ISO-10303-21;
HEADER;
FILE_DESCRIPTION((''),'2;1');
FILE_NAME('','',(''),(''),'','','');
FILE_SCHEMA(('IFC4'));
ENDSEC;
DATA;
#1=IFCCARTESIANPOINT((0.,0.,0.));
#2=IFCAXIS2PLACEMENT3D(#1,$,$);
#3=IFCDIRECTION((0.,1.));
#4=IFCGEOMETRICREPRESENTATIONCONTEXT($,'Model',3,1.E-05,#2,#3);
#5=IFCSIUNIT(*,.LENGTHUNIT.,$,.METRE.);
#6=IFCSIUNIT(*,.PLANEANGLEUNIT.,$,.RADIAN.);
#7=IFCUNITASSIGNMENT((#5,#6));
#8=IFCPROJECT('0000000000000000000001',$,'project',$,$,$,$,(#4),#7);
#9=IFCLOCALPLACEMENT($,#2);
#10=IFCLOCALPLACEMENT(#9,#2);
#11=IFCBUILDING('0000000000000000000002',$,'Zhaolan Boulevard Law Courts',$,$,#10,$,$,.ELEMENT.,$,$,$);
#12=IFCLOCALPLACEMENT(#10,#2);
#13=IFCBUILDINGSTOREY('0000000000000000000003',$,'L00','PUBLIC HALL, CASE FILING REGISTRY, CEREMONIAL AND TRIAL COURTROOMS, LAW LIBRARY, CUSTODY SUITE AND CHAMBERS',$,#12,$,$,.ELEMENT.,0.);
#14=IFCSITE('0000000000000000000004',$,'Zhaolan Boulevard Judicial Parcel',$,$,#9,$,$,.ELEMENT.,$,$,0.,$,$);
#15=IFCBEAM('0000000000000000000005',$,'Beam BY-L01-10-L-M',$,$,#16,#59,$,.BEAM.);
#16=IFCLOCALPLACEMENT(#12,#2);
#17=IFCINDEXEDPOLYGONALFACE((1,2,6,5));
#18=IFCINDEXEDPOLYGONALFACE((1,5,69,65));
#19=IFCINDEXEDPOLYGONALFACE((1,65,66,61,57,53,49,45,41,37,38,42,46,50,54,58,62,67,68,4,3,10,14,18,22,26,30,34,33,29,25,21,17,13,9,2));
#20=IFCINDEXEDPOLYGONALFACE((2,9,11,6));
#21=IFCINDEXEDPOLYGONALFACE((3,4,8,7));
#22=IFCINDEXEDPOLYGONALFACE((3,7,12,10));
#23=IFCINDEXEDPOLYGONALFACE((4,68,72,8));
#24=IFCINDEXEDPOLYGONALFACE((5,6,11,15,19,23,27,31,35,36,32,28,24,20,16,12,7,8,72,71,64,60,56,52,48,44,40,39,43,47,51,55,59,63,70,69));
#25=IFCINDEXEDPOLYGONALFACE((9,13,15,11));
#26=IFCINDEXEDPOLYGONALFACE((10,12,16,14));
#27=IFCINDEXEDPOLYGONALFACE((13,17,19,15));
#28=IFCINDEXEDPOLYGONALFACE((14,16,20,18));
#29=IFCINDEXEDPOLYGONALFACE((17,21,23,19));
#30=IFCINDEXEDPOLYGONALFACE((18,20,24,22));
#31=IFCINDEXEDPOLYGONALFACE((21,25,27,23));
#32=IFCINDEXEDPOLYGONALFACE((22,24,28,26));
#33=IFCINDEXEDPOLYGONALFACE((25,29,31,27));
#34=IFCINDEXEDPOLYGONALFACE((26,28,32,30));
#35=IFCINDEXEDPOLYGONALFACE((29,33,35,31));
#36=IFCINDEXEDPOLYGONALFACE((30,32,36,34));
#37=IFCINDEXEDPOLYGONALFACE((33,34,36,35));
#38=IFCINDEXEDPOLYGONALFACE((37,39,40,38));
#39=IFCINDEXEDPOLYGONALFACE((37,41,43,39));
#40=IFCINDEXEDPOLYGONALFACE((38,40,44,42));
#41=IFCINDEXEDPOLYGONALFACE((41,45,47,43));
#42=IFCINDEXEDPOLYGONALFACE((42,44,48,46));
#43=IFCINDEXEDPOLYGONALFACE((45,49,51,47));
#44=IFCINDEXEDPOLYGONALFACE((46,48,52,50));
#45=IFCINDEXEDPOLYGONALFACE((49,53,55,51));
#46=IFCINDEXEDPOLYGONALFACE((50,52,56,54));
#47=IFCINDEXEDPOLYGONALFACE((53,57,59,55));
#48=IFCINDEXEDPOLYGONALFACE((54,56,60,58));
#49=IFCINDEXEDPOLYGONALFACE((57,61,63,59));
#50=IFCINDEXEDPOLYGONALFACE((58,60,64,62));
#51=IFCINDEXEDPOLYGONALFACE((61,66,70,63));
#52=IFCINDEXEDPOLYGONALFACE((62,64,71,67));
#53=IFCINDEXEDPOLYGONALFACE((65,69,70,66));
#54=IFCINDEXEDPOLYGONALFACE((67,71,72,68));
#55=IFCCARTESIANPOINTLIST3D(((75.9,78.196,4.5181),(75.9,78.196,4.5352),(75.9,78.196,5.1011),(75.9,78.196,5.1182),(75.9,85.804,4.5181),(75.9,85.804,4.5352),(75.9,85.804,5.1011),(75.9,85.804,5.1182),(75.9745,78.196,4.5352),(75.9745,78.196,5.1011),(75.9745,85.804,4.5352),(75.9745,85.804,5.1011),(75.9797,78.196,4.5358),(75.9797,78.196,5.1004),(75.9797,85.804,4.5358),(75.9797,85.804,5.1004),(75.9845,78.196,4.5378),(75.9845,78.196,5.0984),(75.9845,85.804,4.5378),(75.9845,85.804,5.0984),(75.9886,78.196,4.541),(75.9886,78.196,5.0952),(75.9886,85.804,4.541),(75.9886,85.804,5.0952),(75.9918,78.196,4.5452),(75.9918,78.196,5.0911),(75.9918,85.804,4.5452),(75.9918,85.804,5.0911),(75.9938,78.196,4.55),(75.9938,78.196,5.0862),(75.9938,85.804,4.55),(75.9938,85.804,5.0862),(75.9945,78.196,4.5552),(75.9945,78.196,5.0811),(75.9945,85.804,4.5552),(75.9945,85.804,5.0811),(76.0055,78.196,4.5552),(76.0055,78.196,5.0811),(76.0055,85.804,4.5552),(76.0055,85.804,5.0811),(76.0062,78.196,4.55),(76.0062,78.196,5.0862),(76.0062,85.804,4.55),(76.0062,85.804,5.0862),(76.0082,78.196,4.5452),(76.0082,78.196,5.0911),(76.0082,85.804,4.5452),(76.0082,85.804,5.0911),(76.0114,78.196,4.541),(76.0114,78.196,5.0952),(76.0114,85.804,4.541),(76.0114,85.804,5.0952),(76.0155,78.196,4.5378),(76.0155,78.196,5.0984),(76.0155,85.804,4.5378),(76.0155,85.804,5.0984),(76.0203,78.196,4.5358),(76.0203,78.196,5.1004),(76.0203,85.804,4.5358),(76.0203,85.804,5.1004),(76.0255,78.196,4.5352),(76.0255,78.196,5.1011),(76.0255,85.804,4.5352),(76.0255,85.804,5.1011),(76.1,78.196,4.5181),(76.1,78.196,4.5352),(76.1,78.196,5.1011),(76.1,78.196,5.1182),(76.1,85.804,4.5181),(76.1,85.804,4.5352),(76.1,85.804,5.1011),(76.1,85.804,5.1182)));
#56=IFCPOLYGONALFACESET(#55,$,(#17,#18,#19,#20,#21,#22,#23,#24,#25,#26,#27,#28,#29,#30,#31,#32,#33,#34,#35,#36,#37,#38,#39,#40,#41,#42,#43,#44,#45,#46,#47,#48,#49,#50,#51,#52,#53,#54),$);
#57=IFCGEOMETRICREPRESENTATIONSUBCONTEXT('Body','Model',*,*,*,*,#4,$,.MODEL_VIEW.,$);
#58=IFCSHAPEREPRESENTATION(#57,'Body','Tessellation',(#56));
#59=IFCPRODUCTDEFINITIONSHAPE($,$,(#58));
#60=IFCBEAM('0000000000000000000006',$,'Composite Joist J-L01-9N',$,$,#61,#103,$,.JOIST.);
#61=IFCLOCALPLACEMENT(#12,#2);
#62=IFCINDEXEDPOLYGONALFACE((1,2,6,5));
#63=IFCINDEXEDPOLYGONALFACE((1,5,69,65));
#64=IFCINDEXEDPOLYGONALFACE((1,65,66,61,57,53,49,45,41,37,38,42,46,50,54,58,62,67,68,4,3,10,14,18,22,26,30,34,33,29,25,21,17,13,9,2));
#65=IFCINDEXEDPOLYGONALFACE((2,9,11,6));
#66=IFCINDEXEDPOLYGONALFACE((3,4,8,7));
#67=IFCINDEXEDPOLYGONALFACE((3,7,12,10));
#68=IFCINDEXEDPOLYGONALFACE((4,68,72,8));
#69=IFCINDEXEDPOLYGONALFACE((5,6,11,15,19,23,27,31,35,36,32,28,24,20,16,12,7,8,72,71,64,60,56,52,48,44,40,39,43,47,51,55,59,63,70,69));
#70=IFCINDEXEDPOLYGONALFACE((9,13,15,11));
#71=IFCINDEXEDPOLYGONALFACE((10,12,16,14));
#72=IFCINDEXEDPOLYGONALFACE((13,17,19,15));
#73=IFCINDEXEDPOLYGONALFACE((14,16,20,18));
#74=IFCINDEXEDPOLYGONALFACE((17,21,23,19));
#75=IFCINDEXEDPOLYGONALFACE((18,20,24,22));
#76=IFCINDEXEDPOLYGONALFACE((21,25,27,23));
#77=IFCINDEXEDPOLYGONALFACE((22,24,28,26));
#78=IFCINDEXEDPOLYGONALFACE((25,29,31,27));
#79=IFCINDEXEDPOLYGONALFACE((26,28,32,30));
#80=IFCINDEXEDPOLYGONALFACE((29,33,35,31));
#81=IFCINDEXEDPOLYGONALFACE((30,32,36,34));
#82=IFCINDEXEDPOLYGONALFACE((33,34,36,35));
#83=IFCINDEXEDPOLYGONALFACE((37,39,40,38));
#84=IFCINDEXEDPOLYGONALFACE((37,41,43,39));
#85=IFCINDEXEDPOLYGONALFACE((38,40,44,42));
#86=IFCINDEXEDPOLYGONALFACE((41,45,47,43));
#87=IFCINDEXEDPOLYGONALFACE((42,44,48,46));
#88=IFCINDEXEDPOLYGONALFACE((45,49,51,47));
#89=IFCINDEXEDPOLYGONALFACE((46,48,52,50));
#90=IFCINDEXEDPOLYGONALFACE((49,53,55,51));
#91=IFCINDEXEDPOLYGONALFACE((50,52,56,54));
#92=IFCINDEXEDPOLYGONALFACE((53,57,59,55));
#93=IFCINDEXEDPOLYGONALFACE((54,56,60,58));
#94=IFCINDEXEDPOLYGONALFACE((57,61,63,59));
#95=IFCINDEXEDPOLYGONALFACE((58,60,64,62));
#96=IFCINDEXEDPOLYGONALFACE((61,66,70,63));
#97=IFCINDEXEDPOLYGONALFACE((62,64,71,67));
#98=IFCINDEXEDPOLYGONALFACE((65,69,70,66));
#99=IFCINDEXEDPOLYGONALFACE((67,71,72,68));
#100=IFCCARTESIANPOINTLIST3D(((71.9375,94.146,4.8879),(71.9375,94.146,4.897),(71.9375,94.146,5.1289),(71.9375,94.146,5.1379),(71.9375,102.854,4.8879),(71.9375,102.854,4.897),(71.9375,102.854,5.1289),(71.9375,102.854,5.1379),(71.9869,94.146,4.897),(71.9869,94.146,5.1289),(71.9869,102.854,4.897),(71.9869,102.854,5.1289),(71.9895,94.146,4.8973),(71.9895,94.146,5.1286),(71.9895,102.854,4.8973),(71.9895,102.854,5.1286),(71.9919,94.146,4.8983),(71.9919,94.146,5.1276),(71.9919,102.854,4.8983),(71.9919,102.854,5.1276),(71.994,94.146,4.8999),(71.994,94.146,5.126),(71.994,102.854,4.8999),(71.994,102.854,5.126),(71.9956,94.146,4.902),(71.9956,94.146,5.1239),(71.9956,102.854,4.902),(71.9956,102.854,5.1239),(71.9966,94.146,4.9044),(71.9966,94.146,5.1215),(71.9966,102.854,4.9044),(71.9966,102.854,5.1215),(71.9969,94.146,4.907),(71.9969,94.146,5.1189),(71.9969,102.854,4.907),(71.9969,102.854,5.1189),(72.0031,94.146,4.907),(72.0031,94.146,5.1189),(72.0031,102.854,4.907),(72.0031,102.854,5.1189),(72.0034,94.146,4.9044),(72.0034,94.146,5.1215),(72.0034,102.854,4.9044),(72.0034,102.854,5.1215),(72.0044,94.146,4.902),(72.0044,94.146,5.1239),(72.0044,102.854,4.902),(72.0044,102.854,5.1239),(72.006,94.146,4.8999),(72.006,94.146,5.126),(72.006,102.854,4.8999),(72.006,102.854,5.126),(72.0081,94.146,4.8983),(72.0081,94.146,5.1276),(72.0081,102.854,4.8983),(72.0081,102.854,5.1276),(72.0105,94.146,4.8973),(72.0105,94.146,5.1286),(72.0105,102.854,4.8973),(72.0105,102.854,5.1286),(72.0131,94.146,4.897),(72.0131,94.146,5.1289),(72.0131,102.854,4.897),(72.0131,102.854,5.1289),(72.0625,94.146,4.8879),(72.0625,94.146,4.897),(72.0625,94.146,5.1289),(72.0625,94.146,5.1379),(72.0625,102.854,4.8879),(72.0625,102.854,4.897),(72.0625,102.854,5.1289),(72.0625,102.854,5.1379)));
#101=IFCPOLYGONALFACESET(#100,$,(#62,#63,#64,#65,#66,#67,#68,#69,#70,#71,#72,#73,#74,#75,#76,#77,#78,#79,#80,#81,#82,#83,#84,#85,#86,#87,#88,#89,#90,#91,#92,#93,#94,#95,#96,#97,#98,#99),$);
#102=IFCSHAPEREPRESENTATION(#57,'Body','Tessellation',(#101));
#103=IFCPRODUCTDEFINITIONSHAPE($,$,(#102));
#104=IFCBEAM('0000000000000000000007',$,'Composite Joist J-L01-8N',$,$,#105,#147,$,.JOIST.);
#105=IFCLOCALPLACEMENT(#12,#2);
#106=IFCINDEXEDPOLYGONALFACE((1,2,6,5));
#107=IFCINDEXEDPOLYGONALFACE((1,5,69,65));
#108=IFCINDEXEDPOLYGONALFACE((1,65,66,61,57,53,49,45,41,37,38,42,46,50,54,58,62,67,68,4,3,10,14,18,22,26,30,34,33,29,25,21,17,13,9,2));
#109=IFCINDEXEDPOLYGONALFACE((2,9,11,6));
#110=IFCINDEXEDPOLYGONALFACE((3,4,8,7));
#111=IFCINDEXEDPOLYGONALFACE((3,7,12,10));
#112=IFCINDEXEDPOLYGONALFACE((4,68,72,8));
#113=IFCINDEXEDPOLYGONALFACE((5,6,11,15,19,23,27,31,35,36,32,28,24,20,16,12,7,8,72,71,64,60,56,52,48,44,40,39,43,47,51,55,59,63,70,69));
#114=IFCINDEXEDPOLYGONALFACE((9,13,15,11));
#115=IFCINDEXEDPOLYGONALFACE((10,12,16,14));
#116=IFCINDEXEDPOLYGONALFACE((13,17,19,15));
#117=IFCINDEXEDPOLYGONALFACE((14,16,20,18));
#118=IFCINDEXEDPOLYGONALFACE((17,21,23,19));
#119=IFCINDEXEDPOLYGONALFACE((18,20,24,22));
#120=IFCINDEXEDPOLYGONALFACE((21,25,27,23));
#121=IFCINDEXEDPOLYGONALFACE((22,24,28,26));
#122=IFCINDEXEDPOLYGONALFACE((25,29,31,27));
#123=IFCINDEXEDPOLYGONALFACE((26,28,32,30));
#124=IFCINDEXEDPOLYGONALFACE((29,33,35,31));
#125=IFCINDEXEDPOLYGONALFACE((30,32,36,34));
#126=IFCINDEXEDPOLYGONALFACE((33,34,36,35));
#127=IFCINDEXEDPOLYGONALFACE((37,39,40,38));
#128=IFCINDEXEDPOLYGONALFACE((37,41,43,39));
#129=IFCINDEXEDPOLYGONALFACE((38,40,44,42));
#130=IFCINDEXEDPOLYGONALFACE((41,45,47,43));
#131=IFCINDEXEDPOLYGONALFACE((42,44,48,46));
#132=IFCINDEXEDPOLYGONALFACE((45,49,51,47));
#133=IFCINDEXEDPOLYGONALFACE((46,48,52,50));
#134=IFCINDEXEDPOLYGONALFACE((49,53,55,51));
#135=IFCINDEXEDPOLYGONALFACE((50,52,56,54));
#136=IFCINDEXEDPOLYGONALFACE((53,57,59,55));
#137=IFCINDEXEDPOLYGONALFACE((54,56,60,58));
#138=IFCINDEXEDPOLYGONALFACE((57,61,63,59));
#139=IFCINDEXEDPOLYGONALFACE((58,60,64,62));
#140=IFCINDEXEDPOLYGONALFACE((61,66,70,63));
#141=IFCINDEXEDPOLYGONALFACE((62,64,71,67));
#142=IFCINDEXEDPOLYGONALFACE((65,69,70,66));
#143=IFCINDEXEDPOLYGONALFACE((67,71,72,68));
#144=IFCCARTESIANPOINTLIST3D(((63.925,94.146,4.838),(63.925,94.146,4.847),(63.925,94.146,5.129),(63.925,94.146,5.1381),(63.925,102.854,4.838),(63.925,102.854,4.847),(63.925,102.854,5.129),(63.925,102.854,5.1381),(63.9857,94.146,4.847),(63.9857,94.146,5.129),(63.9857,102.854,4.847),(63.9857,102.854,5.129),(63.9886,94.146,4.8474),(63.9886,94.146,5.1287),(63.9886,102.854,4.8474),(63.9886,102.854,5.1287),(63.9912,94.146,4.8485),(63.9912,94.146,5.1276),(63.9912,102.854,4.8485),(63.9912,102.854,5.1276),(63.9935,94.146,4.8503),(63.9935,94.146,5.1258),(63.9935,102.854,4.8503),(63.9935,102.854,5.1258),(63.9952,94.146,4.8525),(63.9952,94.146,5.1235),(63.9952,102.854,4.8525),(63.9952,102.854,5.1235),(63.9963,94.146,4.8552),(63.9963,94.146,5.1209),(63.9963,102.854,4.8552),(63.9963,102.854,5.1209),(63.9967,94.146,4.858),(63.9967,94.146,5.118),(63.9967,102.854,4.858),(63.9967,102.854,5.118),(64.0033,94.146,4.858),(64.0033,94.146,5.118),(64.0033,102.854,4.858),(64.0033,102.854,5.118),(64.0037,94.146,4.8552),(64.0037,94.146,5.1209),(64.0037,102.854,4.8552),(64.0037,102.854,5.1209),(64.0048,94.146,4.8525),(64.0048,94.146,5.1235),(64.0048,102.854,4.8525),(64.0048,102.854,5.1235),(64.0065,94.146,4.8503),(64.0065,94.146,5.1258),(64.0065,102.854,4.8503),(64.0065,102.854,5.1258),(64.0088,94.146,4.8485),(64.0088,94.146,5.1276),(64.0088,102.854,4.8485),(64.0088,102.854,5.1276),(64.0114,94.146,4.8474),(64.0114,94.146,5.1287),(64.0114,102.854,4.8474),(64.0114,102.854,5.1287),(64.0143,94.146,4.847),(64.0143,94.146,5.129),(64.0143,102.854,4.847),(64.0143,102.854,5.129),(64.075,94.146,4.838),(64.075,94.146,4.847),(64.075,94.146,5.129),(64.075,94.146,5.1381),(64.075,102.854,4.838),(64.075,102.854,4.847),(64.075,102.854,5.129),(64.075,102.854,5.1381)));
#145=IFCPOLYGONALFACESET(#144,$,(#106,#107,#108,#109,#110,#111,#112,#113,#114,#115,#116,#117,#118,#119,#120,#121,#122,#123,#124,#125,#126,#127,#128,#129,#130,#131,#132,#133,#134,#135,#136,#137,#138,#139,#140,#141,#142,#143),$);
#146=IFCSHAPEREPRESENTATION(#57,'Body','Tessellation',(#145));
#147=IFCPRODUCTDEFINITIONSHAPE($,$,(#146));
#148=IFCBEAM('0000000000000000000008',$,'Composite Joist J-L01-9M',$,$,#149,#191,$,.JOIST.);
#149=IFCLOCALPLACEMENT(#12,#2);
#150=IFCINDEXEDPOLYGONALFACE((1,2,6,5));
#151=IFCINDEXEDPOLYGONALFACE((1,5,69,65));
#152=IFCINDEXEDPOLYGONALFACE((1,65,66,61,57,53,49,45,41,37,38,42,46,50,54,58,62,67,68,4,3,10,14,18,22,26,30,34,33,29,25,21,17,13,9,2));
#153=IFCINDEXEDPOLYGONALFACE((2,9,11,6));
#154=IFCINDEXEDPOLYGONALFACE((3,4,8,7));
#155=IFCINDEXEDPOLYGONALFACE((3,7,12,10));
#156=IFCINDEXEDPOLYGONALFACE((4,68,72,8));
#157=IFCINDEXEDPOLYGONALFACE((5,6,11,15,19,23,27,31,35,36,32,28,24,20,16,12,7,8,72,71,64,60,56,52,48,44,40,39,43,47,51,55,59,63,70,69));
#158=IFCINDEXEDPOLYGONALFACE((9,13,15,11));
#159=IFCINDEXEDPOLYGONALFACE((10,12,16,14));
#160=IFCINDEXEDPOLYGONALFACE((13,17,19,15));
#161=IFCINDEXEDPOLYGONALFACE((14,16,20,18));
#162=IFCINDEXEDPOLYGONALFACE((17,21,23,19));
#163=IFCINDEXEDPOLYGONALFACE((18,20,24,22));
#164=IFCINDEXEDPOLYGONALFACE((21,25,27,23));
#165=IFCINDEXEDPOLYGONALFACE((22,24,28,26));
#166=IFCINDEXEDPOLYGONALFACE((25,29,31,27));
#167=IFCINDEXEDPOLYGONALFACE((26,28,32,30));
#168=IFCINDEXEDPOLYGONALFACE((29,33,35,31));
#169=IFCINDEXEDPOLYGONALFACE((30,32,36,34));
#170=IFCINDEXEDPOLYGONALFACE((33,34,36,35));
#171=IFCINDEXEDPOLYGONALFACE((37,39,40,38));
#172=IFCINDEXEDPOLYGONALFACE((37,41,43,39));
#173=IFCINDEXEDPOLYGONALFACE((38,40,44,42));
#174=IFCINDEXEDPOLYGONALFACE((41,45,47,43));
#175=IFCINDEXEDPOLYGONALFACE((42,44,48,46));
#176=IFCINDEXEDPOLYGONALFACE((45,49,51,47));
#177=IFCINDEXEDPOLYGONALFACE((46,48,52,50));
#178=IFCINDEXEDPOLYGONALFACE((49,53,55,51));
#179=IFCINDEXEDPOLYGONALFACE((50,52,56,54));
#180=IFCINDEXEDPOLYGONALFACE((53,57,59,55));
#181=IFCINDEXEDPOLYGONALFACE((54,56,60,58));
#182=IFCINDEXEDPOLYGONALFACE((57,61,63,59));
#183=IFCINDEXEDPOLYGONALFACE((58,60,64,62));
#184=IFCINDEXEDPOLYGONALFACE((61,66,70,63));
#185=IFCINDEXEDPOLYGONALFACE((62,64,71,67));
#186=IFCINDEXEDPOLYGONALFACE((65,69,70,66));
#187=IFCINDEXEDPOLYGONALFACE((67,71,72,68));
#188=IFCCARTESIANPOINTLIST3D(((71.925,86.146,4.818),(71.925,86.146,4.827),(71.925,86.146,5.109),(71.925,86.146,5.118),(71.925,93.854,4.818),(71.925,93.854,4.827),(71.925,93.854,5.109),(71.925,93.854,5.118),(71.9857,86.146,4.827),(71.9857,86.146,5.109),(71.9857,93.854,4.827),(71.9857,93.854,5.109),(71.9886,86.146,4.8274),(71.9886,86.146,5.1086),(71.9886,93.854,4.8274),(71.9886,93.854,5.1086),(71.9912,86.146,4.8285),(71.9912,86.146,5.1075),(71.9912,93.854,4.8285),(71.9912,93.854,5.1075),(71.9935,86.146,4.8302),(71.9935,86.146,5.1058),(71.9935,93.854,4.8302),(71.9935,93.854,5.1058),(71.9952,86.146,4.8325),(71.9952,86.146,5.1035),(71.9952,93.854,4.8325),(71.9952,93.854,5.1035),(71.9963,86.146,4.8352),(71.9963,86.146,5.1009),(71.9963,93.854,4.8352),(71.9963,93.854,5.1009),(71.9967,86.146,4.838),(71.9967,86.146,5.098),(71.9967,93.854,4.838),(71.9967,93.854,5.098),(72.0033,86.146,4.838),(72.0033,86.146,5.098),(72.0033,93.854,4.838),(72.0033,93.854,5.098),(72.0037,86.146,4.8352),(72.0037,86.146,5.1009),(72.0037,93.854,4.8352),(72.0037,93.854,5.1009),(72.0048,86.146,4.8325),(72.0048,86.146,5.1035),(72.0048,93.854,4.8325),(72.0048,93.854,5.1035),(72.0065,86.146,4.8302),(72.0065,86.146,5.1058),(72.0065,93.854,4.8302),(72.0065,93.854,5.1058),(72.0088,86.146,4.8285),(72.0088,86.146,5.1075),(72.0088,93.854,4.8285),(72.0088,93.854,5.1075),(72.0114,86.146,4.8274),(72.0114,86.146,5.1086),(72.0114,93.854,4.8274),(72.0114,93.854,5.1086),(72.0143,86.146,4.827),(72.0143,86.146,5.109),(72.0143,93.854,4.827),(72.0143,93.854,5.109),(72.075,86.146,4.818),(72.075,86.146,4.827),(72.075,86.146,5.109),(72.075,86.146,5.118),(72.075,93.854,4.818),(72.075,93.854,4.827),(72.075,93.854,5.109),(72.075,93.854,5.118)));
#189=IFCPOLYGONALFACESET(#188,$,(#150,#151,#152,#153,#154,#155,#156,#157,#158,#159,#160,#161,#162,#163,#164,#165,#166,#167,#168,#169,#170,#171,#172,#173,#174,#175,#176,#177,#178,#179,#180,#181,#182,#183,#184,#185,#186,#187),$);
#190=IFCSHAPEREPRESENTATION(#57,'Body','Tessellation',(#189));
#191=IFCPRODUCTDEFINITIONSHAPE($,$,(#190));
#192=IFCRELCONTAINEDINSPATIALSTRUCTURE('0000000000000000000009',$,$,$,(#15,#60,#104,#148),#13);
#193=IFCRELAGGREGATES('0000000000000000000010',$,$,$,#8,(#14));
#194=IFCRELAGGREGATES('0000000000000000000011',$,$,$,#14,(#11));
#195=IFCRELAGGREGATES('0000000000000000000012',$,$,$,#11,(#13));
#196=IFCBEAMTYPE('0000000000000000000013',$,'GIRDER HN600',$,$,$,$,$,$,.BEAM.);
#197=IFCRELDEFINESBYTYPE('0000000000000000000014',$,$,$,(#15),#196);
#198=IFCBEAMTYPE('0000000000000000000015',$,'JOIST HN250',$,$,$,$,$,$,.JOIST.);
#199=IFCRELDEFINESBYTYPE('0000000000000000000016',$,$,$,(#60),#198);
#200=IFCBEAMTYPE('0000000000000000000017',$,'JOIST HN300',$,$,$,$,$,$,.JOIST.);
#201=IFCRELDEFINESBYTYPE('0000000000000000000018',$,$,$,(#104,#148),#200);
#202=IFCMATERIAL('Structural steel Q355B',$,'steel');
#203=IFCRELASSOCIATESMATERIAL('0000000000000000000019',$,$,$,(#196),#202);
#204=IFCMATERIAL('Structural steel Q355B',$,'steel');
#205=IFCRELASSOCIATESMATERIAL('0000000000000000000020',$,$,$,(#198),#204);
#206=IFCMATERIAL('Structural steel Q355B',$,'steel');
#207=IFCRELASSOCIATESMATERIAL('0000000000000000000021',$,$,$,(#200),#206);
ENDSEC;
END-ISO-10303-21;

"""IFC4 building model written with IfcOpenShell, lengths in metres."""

from ifc_helpers import new_model, si_unit, direction, frame, origin, origin_2d, place, context, subcontext, project, spatial, i_section, extrude, material, material_profile, profile_set, type_object, element, save


model = new_model("IFC4")

# Units and contexts
model_context = context("Model", 3, precision=1e-05, world=origin(), true_north=direction((0.0, 1.0)))
body_context = subcontext(model_context, "Body", "Model", "MODEL_VIEW")
ifc_project = project(units=[si_unit("LENGTHUNIT", "METRE"), si_unit("PLANEANGLEUNIT", "RADIAN")], contexts=[model_context])

# Site, building, storey
site_placement = place(None, origin())
site = spatial("IfcSite", under=ifc_project, at=site_placement, Name="Zhaolan Boulevard Judicial Parcel", CompositionType="ELEMENT", RefElevation=0.0)
building_placement = place(site_placement, origin())
building = spatial("IfcBuilding", under=site, at=building_placement, Name="Zhaolan Boulevard Law Courts", CompositionType="ELEMENT")
storey_placement = place(building_placement, origin())
storey = spatial("IfcBuildingStorey", under=building, at=storey_placement, Name="L00", Description="PUBLIC HALL, CASE FILING REGISTRY, CEREMONIAL AND TRIAL COURTROOMS, LAW LIBRARY, CUSTODY SUITE AND CHAMBERS", CompositionType="ELEMENT", Elevation=0.0)

# Beams
ifc_material_1 = material(Name="Structural steel Q355B", Category="steel")
ifc_material_profile_1 = material_profile(ifc_material_1, i_section(OverallWidth=0.2, OverallDepth=0.6001, WebThickness=0.011, FlangeThickness=0.0171, FilletRadius=0.02, at=origin_2d()), Name="HN600x200")
ifc_profile_set_1 = profile_set([ifc_material_profile_1], Name="Structural steel Q355B")
beam_type_1 = type_object("IfcBeamType", Name="GIRDER HN600", PredefinedType="BEAM", material=ifc_profile_set_1)
for number, where, z_axis, x_axis, name in (
    (1, (76.0, 78.196, 4.8181), (0.0, 1.0, 0.0), (-1.0, 0.0, 0.0), "Beam BY-L01-10-L-M"),
):
    element("IfcBeam", number, at=place(storey_placement, frame(where, z_axis=z_axis, x_axis=x_axis)), inside=storey, type_object=beam_type_1, Name=name, PredefinedType="BEAM", context=body_context, shape_type="SweptSolid", body=[
        extrude(i_section(OverallWidth=0.2, OverallDepth=0.6001, WebThickness=0.011, FlangeThickness=0.0171, FilletRadius=0.02, at=origin_2d()), origin(), (0.0, 0.0, 1.0), 7.6079),
    ])
ifc_material_2 = material(Name="Structural steel Q355B", Category="steel")
ifc_material_profile_2 = material_profile(ifc_material_2, i_section(OverallWidth=0.125, OverallDepth=0.25, WebThickness=0.0061, FlangeThickness=0.009, FilletRadius=0.01, at=origin_2d()), Name="HN250x125")
ifc_profile_set_2 = profile_set([ifc_material_profile_2], Name="Structural steel Q355B")
beam_type_2 = type_object("IfcBeamType", Name="JOIST HN250", PredefinedType="JOIST", material=ifc_profile_set_2)
beam_1_placement = place(storey_placement, frame((72.0, 94.146, 5.0129), z_axis=(0.0, 1.0, 0.0), x_axis=(-1.0, 0.0, 0.0)))
element("IfcBeam", 2, at=beam_1_placement, inside=storey, type_object=beam_type_2, Name="Composite Joist J-L01-9N", PredefinedType="JOIST", context=body_context, shape_type="SweptSolid", body=[
    extrude(i_section(OverallWidth=0.125, OverallDepth=0.25, WebThickness=0.0061, FlangeThickness=0.009, FilletRadius=0.01, at=origin_2d()), origin(), (0.0, 0.0, 1.0), 8.708),
])
ifc_material_3 = material(Name="Structural steel Q355B", Category="steel")
ifc_material_profile_3 = material_profile(ifc_material_3, i_section(OverallWidth=0.1499, OverallDepth=0.3, WebThickness=0.0066, FlangeThickness=0.009, FilletRadius=0.011, at=origin_2d()), Name="HN300x150")
ifc_profile_set_3 = profile_set([ifc_material_profile_3], Name="Structural steel Q355B")
beam_type_3 = type_object("IfcBeamType", Name="JOIST HN300", PredefinedType="JOIST", material=ifc_profile_set_3)
beam_2_placement = place(storey_placement, frame((64.0, 94.146, 4.988), z_axis=(0.0, 1.0, 0.0), x_axis=(-1.0, 0.0, 0.0)))
element("IfcBeam", 3, at=beam_2_placement, inside=storey, type_object=beam_type_3, Name="Composite Joist J-L01-8N", PredefinedType="JOIST", context=body_context, shape_type="SweptSolid", body=[
    extrude(i_section(OverallWidth=0.1499, OverallDepth=0.3, WebThickness=0.0066, FlangeThickness=0.009, FilletRadius=0.011, at=origin_2d()), origin(), (0.0, 0.0, 1.0), 8.708),
])
beam_3_placement = place(storey_placement, frame((72.0, 86.146, 4.968), z_axis=(0.0, 1.0, 0.0), x_axis=(-1.0, 0.0, 0.0)))
element("IfcBeam", 4, at=beam_3_placement, inside=storey, type_object=beam_type_3, Name="Composite Joist J-L01-9M", PredefinedType="JOIST", context=body_context, shape_type="SweptSolid", body=[
    extrude(i_section(OverallWidth=0.1499, OverallDepth=0.3, WebThickness=0.0066, FlangeThickness=0.009, FilletRadius=0.011, at=origin_2d()), origin(), (0.0, 0.0, 1.0), 7.708),
])

save(model, "model.ifc")
